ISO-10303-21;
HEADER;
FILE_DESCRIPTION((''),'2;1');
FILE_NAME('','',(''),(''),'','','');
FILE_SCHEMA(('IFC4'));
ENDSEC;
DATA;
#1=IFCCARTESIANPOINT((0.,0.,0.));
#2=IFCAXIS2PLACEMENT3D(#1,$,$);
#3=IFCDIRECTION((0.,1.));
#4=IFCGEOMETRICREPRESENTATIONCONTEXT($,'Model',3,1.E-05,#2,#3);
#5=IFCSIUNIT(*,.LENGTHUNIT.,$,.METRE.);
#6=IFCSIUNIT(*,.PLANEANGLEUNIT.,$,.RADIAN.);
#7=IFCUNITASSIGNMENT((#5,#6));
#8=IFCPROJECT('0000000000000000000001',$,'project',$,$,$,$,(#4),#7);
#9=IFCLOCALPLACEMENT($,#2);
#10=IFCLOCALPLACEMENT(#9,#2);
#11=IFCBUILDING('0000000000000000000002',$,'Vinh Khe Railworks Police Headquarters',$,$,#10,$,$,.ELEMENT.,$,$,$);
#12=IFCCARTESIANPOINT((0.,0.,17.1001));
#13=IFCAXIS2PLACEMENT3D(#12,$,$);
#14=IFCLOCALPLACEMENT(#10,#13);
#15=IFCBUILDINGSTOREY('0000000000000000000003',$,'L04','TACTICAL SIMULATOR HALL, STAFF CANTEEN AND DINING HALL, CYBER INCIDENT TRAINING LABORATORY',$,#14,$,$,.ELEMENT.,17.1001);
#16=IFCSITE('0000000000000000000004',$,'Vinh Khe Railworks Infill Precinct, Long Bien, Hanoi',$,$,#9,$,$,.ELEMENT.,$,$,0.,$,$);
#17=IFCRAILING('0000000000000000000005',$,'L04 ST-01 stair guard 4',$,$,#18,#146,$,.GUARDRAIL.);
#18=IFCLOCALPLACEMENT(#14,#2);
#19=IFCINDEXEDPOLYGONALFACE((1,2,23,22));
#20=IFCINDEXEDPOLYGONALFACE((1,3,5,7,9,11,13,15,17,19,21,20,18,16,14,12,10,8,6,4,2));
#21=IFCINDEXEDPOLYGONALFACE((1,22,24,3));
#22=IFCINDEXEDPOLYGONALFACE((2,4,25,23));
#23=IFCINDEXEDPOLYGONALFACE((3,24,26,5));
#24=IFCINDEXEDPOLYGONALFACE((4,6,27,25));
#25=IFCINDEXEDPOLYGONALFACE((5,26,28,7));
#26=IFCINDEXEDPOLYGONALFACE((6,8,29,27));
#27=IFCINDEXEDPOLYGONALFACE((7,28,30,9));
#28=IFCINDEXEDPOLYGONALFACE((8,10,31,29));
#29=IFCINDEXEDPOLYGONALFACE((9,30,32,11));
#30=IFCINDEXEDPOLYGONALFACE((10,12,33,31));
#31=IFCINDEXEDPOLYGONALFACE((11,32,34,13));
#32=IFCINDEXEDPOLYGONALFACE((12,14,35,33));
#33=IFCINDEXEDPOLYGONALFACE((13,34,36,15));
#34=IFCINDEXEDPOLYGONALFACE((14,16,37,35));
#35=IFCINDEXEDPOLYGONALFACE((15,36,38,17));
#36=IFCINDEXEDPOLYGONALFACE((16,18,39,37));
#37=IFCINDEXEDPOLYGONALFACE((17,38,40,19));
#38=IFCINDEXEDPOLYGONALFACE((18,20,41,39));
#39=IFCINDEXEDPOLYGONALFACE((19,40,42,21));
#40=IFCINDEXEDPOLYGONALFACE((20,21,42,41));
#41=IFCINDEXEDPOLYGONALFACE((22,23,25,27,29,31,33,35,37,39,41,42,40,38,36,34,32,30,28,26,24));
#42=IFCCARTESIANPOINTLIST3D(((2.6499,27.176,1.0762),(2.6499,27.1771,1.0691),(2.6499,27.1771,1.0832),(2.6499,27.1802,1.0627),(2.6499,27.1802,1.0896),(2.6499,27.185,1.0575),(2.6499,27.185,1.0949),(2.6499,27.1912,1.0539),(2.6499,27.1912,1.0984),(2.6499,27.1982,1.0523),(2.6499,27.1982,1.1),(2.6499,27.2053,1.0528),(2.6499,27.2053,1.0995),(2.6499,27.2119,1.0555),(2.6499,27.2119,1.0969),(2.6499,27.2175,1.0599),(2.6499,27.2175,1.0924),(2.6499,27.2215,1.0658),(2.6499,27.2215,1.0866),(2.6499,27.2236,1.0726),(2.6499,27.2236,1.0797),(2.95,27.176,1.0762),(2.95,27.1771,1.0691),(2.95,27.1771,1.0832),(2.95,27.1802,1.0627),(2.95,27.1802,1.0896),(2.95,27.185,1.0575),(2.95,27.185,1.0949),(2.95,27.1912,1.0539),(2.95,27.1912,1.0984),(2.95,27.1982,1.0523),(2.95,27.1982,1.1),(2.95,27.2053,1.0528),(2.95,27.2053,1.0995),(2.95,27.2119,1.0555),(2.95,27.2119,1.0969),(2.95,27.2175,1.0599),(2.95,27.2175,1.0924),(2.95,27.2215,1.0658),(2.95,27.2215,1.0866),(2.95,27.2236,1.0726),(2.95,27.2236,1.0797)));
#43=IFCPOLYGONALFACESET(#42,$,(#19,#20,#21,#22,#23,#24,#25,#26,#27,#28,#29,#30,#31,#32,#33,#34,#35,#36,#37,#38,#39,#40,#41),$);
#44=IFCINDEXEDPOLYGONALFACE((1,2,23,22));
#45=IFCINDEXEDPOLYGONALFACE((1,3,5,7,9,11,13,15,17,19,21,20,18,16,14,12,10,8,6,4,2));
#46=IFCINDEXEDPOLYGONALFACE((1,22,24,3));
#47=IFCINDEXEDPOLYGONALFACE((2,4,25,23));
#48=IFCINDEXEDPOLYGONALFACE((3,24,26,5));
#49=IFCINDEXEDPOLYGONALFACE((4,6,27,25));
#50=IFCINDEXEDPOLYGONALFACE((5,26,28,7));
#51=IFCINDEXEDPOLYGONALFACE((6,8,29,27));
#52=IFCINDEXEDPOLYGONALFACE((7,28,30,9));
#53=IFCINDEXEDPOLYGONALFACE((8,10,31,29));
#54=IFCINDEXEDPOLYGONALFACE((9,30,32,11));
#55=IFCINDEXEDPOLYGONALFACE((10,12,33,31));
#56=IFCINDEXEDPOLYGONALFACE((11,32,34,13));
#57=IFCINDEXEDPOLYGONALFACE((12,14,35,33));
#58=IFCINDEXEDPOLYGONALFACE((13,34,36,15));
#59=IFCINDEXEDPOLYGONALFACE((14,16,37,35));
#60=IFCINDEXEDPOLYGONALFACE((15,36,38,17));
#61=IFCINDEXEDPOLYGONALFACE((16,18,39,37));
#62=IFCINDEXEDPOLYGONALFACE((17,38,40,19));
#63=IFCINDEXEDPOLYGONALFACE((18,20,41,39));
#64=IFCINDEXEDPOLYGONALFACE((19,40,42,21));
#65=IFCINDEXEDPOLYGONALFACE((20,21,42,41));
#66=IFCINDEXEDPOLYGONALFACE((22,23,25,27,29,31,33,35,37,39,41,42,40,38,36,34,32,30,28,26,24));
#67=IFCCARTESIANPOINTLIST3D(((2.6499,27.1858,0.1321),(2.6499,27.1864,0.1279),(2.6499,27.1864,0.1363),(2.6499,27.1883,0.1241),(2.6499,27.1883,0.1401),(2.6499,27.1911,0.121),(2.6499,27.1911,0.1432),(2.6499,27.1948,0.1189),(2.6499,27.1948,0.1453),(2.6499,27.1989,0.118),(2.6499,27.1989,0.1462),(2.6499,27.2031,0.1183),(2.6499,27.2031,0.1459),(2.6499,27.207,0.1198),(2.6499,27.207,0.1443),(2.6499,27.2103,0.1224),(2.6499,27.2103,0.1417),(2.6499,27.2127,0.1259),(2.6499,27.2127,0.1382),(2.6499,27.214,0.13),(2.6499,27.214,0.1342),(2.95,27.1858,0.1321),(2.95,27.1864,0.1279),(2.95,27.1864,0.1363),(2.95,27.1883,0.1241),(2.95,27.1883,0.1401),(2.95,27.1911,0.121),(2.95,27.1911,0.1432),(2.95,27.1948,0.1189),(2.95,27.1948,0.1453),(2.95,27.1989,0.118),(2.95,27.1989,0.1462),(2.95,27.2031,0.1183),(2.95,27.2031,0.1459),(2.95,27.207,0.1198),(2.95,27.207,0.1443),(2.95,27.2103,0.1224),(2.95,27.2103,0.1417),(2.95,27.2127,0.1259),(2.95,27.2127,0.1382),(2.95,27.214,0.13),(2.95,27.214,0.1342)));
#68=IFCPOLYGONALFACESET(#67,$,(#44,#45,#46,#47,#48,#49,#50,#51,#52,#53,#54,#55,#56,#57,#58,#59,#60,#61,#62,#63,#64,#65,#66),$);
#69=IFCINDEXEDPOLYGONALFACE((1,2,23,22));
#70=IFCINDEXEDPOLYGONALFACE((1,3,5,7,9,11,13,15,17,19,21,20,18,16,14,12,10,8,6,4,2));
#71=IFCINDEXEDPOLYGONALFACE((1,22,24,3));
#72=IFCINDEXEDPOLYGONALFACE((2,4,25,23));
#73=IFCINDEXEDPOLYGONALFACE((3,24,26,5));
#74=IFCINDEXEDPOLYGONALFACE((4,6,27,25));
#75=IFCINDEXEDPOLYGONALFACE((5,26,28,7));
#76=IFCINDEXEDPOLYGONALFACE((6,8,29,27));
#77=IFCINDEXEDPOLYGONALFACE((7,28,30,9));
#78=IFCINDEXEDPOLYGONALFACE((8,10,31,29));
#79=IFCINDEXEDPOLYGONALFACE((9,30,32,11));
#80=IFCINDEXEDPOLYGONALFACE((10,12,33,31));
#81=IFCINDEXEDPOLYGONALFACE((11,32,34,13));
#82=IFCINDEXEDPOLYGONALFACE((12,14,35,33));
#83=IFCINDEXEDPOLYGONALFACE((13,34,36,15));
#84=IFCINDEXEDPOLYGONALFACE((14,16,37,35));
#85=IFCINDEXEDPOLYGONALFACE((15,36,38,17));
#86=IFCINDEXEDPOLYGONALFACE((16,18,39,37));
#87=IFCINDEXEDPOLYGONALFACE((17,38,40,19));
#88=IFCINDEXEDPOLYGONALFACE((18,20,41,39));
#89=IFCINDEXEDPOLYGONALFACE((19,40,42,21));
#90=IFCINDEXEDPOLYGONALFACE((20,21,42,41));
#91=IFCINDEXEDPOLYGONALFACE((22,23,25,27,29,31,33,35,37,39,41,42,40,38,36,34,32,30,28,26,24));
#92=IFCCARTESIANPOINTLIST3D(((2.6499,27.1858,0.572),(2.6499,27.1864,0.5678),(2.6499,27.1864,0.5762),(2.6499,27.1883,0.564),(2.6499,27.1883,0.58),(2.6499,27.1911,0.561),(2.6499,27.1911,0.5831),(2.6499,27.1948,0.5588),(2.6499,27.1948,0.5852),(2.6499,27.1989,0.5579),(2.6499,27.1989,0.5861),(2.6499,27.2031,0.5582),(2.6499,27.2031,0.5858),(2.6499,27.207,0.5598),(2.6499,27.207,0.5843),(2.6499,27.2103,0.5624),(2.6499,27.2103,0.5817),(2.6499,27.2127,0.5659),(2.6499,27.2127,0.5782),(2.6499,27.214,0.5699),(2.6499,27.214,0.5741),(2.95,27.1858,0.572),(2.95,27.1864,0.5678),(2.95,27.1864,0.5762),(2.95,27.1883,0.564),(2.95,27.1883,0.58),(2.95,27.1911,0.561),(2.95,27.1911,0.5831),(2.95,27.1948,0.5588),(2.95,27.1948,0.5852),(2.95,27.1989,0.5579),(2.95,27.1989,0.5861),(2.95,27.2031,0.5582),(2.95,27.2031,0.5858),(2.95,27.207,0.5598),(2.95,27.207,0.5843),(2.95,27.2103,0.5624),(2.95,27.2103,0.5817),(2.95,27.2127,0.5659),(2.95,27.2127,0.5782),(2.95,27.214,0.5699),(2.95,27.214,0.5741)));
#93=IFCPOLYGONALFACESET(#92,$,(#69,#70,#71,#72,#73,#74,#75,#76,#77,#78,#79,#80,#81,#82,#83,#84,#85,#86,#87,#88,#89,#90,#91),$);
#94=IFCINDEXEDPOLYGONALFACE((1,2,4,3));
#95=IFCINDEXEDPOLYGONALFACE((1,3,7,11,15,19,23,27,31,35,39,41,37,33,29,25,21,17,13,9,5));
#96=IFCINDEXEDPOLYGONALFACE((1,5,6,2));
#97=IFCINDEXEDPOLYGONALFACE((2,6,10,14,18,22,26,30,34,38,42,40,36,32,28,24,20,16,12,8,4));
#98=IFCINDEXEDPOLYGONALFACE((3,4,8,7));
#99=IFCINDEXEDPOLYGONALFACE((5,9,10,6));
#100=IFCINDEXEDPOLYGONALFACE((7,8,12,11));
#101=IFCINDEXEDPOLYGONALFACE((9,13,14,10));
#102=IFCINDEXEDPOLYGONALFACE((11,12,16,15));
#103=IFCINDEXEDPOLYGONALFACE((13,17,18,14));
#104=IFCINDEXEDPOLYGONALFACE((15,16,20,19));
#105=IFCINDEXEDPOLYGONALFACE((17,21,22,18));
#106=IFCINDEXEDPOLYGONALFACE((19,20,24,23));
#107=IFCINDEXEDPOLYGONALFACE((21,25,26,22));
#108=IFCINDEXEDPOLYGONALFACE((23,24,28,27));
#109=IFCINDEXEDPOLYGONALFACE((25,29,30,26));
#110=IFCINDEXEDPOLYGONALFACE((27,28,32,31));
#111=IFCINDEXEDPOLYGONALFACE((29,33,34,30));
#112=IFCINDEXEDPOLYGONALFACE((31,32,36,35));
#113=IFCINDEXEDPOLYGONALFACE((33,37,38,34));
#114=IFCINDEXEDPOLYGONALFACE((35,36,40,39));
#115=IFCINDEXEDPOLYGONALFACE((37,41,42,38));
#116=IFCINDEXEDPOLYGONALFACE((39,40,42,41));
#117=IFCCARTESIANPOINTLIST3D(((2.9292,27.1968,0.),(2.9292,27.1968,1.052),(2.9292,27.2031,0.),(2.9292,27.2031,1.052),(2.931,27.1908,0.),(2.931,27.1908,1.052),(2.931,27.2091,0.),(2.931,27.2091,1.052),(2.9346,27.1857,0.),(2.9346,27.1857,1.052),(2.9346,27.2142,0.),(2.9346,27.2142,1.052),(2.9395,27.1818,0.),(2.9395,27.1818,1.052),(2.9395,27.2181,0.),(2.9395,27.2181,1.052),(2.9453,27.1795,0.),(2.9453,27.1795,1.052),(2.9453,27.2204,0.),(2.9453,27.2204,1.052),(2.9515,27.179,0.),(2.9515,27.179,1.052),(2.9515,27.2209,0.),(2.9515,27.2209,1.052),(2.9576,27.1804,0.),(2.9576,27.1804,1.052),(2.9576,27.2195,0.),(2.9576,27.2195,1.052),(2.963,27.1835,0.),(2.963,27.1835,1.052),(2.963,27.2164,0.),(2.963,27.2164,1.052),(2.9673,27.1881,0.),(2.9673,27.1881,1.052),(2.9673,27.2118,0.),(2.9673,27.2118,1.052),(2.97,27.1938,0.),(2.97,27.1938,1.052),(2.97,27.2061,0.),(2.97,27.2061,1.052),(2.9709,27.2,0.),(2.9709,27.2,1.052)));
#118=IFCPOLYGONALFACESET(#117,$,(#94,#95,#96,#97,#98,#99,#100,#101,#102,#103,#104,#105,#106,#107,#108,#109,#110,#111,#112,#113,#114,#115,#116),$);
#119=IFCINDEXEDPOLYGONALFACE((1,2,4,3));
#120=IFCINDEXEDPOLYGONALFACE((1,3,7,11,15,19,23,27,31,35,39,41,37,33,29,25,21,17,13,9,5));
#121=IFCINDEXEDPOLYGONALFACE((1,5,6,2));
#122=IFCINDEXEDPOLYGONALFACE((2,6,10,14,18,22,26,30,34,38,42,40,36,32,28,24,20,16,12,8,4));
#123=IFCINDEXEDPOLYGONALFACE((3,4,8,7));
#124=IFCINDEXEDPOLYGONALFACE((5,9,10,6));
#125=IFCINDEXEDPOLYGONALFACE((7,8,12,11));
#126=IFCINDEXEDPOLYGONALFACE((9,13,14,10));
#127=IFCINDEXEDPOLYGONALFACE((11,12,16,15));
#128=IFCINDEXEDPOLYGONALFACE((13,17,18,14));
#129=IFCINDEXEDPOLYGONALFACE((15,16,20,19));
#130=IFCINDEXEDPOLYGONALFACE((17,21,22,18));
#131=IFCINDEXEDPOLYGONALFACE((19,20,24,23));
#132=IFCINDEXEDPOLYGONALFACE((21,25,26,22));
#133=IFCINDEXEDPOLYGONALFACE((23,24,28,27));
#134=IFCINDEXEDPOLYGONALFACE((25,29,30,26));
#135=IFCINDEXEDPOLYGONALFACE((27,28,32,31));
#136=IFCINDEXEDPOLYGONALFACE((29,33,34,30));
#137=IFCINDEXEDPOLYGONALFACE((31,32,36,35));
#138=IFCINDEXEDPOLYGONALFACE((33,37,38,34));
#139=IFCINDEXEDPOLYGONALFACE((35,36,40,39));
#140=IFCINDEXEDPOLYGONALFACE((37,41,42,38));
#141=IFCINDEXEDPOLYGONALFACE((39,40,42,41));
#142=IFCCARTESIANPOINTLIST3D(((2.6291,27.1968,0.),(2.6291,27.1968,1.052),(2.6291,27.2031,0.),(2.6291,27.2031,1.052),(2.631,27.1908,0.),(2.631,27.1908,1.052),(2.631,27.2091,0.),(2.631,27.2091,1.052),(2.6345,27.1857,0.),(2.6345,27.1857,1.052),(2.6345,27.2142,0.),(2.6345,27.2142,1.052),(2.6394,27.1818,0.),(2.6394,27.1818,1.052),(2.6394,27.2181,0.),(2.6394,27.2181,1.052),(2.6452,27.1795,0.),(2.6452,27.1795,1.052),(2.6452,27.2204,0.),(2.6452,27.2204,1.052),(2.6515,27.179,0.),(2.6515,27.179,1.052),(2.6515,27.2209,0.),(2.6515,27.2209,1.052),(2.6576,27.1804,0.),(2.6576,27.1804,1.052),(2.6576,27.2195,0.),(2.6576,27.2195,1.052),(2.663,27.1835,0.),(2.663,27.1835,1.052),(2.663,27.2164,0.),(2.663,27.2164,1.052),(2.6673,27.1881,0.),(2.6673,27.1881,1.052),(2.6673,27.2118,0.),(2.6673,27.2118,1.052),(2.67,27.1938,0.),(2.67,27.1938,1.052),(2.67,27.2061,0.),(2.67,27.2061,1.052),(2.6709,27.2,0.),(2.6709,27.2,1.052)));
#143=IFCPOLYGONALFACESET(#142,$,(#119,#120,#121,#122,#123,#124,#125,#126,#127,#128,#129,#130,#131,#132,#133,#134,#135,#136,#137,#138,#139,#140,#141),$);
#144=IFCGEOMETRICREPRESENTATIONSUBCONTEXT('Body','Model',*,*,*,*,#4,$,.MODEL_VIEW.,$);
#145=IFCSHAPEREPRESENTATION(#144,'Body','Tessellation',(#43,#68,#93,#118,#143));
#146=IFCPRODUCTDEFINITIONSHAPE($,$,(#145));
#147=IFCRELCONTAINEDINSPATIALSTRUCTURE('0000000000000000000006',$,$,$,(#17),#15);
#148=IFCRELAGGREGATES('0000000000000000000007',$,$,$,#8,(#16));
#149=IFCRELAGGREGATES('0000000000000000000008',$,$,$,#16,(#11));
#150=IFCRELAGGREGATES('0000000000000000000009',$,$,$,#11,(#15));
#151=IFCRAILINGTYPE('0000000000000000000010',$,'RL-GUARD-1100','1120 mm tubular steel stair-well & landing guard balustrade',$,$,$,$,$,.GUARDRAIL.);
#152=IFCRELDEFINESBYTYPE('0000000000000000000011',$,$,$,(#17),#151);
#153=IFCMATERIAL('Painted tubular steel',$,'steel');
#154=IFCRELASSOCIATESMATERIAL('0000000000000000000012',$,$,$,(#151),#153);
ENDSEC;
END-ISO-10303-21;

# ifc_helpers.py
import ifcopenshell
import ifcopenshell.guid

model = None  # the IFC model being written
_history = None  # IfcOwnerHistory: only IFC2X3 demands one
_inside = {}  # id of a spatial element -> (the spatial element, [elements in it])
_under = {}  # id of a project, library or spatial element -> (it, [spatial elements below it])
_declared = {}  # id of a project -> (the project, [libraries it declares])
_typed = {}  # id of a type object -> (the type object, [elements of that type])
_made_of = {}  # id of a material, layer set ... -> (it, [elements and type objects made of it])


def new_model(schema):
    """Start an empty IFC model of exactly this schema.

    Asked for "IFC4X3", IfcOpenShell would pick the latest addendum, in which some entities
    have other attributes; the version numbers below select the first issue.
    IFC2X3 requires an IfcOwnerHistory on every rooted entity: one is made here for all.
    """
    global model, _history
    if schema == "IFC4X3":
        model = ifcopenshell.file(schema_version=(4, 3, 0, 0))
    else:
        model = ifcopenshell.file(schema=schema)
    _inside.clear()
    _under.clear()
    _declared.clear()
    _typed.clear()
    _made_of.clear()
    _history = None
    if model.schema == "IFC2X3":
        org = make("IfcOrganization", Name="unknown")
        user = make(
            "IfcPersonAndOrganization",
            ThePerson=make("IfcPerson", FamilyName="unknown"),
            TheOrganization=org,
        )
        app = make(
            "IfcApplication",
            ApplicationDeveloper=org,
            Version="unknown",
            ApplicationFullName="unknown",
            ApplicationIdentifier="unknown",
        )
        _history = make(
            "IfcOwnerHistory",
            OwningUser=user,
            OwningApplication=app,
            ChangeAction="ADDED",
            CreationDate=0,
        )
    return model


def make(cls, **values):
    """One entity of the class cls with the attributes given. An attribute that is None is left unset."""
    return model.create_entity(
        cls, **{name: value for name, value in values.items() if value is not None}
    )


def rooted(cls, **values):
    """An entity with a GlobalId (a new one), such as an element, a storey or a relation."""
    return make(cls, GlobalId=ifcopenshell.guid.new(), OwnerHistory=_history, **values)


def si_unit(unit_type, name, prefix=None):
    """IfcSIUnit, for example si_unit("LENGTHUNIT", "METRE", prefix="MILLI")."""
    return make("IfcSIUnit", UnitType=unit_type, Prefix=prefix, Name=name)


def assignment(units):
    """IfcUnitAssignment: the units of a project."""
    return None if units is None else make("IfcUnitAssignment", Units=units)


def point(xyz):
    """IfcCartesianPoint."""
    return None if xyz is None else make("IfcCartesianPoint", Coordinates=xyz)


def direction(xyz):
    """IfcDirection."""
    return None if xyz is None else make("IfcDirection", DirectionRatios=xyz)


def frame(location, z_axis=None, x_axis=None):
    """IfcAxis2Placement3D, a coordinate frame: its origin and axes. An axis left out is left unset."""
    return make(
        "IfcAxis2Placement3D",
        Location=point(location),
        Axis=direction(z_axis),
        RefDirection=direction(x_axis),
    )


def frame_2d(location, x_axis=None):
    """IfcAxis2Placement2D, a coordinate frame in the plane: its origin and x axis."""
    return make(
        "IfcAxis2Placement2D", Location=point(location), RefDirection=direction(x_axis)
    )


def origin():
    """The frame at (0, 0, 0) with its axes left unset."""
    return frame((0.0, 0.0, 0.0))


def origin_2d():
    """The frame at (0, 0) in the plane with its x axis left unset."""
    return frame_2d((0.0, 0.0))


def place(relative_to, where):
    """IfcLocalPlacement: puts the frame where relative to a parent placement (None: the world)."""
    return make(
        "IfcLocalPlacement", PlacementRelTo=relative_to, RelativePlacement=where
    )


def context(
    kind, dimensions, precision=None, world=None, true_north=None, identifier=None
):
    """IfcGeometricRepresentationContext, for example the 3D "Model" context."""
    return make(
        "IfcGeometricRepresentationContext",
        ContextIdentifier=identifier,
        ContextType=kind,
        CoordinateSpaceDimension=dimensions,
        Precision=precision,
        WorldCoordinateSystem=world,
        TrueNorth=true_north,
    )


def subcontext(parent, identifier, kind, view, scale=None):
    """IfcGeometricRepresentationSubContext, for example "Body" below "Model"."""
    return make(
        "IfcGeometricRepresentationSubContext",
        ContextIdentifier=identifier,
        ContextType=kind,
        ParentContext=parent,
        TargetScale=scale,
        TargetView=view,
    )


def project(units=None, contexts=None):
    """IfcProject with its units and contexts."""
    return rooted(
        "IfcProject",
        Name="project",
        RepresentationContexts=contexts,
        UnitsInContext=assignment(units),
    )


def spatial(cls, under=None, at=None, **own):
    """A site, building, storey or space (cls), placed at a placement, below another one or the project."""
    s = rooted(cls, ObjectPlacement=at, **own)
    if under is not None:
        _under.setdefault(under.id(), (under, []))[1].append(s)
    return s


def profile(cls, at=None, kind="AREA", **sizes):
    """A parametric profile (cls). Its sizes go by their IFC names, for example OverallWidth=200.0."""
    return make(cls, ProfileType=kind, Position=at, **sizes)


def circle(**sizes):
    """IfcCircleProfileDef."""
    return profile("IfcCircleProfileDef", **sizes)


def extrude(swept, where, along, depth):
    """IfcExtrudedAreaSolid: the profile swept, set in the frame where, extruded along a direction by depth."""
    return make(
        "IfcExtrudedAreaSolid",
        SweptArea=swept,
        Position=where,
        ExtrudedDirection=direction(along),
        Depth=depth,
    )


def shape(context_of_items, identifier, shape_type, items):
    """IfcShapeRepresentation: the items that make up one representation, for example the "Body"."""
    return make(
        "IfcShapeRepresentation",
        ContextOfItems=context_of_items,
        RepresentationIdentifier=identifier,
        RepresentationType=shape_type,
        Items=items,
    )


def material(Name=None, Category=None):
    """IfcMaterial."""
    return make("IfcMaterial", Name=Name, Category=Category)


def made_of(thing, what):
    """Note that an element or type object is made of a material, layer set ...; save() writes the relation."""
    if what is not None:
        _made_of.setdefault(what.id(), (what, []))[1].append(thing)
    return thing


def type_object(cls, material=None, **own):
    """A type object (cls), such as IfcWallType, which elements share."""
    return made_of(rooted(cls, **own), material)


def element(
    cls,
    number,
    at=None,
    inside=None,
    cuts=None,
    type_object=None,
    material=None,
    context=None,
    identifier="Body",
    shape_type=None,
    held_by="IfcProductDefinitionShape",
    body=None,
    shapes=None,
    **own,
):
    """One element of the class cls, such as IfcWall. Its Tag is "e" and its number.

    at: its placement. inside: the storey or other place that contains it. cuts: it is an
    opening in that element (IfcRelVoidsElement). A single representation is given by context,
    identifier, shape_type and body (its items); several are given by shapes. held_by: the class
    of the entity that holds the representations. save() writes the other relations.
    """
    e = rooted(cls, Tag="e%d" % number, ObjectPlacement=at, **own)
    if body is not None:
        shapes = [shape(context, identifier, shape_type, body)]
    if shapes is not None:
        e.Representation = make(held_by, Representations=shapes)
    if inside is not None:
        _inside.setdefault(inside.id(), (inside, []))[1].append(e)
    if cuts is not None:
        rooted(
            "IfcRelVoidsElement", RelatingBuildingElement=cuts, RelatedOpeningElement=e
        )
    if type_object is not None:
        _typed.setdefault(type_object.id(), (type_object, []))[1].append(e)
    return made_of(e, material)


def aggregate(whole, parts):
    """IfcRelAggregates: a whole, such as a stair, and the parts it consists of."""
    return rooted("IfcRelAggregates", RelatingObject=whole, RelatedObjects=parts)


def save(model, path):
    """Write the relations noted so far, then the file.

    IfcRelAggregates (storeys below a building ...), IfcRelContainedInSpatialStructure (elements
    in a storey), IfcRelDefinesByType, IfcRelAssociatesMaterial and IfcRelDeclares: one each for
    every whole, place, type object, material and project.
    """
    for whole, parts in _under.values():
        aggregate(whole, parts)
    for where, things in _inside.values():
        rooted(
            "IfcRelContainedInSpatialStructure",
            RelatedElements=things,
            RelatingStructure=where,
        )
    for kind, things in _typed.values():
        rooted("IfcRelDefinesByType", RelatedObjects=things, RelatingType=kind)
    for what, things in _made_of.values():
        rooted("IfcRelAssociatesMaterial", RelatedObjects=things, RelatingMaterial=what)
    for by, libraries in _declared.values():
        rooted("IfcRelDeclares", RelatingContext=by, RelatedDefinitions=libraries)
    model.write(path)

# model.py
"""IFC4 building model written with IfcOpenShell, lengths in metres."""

from ifc_helpers import new_model, si_unit, direction, frame, origin, origin_2d, place, context, subcontext, project, spatial, circle, extrude, material, type_object, element, save


model = new_model("IFC4")

# Units and contexts
model_context = context("Model", 3, precision=1e-05, world=origin(), true_north=direction((0.0, 1.0)))
body_context = subcontext(model_context, "Body", "Model", "MODEL_VIEW")
ifc_project = project(units=[si_unit("LENGTHUNIT", "METRE"), si_unit("PLANEANGLEUNIT", "RADIAN")], contexts=[model_context])

# Site, building, storey
site_placement = place(None, origin())
site = spatial("IfcSite", under=ifc_project, at=site_placement, Name="Vinh Khe Railworks Infill Precinct, Long Bien, Hanoi", CompositionType="ELEMENT", RefElevation=0.0)
building_placement = place(site_placement, origin())
building = spatial("IfcBuilding", under=site, at=building_placement, Name="Vinh Khe Railworks Police Headquarters", CompositionType="ELEMENT")
storey_placement = place(building_placement, frame((0.0, 0.0, 17.1001)))
storey = spatial("IfcBuildingStorey", under=building, at=storey_placement, Name="L04", Description="TACTICAL SIMULATOR HALL, STAFF CANTEEN AND DINING HALL, CYBER INCIDENT TRAINING LABORATORY", CompositionType="ELEMENT", Elevation=17.1001)

# Railing
ifc_material_1 = material(Name="Painted tubular steel", Category="steel")
railing_type_1 = type_object("IfcRailingType", Name="RL-GUARD-1100", Description="1120 mm tubular steel stair-well & landing guard balustrade", PredefinedType="GUARDRAIL", material=ifc_material_1)
railing_1_placement = place(storey_placement, frame((2.95, 27.2, 0.0)))
element("IfcRailing", 1, at=railing_1_placement, inside=storey, type_object=railing_type_1, Name="L04 ST-01 stair guard 4", PredefinedType="GUARDRAIL", context=body_context, shape_type="SweptSolid", body=[
    extrude(circle(Radius=0.0239, at=origin_2d()), frame((0.0, 0.0, 1.0762), z_axis=(-1.0, 0.0, 0.0), x_axis=(0.0, -1.0, 0.0)), (0.0, 0.0, 1.0), 0.3),
    extrude(circle(Radius=0.0142, at=origin_2d()), frame((0.0, 0.0, 0.1321), z_axis=(-1.0, 0.0, 0.0), x_axis=(0.0, -1.0, 0.0)), (0.0, 0.0, 1.0), 0.3),
    extrude(circle(Radius=0.0142, at=origin_2d()), frame((0.0, 0.0, 0.572), z_axis=(-1.0, 0.0, 0.0), x_axis=(0.0, -1.0, 0.0)), (0.0, 0.0, 1.0), 0.3),
    extrude(circle(Radius=0.021, at=origin_2d()), origin(), (0.0, 0.0, 1.0), 1.052),
    extrude(circle(Radius=0.021, at=origin_2d()), frame((-0.3, 0.0, 0.0)), (0.0, 0.0, 1.0), 1.052),
])

save(model, "model.ifc")
